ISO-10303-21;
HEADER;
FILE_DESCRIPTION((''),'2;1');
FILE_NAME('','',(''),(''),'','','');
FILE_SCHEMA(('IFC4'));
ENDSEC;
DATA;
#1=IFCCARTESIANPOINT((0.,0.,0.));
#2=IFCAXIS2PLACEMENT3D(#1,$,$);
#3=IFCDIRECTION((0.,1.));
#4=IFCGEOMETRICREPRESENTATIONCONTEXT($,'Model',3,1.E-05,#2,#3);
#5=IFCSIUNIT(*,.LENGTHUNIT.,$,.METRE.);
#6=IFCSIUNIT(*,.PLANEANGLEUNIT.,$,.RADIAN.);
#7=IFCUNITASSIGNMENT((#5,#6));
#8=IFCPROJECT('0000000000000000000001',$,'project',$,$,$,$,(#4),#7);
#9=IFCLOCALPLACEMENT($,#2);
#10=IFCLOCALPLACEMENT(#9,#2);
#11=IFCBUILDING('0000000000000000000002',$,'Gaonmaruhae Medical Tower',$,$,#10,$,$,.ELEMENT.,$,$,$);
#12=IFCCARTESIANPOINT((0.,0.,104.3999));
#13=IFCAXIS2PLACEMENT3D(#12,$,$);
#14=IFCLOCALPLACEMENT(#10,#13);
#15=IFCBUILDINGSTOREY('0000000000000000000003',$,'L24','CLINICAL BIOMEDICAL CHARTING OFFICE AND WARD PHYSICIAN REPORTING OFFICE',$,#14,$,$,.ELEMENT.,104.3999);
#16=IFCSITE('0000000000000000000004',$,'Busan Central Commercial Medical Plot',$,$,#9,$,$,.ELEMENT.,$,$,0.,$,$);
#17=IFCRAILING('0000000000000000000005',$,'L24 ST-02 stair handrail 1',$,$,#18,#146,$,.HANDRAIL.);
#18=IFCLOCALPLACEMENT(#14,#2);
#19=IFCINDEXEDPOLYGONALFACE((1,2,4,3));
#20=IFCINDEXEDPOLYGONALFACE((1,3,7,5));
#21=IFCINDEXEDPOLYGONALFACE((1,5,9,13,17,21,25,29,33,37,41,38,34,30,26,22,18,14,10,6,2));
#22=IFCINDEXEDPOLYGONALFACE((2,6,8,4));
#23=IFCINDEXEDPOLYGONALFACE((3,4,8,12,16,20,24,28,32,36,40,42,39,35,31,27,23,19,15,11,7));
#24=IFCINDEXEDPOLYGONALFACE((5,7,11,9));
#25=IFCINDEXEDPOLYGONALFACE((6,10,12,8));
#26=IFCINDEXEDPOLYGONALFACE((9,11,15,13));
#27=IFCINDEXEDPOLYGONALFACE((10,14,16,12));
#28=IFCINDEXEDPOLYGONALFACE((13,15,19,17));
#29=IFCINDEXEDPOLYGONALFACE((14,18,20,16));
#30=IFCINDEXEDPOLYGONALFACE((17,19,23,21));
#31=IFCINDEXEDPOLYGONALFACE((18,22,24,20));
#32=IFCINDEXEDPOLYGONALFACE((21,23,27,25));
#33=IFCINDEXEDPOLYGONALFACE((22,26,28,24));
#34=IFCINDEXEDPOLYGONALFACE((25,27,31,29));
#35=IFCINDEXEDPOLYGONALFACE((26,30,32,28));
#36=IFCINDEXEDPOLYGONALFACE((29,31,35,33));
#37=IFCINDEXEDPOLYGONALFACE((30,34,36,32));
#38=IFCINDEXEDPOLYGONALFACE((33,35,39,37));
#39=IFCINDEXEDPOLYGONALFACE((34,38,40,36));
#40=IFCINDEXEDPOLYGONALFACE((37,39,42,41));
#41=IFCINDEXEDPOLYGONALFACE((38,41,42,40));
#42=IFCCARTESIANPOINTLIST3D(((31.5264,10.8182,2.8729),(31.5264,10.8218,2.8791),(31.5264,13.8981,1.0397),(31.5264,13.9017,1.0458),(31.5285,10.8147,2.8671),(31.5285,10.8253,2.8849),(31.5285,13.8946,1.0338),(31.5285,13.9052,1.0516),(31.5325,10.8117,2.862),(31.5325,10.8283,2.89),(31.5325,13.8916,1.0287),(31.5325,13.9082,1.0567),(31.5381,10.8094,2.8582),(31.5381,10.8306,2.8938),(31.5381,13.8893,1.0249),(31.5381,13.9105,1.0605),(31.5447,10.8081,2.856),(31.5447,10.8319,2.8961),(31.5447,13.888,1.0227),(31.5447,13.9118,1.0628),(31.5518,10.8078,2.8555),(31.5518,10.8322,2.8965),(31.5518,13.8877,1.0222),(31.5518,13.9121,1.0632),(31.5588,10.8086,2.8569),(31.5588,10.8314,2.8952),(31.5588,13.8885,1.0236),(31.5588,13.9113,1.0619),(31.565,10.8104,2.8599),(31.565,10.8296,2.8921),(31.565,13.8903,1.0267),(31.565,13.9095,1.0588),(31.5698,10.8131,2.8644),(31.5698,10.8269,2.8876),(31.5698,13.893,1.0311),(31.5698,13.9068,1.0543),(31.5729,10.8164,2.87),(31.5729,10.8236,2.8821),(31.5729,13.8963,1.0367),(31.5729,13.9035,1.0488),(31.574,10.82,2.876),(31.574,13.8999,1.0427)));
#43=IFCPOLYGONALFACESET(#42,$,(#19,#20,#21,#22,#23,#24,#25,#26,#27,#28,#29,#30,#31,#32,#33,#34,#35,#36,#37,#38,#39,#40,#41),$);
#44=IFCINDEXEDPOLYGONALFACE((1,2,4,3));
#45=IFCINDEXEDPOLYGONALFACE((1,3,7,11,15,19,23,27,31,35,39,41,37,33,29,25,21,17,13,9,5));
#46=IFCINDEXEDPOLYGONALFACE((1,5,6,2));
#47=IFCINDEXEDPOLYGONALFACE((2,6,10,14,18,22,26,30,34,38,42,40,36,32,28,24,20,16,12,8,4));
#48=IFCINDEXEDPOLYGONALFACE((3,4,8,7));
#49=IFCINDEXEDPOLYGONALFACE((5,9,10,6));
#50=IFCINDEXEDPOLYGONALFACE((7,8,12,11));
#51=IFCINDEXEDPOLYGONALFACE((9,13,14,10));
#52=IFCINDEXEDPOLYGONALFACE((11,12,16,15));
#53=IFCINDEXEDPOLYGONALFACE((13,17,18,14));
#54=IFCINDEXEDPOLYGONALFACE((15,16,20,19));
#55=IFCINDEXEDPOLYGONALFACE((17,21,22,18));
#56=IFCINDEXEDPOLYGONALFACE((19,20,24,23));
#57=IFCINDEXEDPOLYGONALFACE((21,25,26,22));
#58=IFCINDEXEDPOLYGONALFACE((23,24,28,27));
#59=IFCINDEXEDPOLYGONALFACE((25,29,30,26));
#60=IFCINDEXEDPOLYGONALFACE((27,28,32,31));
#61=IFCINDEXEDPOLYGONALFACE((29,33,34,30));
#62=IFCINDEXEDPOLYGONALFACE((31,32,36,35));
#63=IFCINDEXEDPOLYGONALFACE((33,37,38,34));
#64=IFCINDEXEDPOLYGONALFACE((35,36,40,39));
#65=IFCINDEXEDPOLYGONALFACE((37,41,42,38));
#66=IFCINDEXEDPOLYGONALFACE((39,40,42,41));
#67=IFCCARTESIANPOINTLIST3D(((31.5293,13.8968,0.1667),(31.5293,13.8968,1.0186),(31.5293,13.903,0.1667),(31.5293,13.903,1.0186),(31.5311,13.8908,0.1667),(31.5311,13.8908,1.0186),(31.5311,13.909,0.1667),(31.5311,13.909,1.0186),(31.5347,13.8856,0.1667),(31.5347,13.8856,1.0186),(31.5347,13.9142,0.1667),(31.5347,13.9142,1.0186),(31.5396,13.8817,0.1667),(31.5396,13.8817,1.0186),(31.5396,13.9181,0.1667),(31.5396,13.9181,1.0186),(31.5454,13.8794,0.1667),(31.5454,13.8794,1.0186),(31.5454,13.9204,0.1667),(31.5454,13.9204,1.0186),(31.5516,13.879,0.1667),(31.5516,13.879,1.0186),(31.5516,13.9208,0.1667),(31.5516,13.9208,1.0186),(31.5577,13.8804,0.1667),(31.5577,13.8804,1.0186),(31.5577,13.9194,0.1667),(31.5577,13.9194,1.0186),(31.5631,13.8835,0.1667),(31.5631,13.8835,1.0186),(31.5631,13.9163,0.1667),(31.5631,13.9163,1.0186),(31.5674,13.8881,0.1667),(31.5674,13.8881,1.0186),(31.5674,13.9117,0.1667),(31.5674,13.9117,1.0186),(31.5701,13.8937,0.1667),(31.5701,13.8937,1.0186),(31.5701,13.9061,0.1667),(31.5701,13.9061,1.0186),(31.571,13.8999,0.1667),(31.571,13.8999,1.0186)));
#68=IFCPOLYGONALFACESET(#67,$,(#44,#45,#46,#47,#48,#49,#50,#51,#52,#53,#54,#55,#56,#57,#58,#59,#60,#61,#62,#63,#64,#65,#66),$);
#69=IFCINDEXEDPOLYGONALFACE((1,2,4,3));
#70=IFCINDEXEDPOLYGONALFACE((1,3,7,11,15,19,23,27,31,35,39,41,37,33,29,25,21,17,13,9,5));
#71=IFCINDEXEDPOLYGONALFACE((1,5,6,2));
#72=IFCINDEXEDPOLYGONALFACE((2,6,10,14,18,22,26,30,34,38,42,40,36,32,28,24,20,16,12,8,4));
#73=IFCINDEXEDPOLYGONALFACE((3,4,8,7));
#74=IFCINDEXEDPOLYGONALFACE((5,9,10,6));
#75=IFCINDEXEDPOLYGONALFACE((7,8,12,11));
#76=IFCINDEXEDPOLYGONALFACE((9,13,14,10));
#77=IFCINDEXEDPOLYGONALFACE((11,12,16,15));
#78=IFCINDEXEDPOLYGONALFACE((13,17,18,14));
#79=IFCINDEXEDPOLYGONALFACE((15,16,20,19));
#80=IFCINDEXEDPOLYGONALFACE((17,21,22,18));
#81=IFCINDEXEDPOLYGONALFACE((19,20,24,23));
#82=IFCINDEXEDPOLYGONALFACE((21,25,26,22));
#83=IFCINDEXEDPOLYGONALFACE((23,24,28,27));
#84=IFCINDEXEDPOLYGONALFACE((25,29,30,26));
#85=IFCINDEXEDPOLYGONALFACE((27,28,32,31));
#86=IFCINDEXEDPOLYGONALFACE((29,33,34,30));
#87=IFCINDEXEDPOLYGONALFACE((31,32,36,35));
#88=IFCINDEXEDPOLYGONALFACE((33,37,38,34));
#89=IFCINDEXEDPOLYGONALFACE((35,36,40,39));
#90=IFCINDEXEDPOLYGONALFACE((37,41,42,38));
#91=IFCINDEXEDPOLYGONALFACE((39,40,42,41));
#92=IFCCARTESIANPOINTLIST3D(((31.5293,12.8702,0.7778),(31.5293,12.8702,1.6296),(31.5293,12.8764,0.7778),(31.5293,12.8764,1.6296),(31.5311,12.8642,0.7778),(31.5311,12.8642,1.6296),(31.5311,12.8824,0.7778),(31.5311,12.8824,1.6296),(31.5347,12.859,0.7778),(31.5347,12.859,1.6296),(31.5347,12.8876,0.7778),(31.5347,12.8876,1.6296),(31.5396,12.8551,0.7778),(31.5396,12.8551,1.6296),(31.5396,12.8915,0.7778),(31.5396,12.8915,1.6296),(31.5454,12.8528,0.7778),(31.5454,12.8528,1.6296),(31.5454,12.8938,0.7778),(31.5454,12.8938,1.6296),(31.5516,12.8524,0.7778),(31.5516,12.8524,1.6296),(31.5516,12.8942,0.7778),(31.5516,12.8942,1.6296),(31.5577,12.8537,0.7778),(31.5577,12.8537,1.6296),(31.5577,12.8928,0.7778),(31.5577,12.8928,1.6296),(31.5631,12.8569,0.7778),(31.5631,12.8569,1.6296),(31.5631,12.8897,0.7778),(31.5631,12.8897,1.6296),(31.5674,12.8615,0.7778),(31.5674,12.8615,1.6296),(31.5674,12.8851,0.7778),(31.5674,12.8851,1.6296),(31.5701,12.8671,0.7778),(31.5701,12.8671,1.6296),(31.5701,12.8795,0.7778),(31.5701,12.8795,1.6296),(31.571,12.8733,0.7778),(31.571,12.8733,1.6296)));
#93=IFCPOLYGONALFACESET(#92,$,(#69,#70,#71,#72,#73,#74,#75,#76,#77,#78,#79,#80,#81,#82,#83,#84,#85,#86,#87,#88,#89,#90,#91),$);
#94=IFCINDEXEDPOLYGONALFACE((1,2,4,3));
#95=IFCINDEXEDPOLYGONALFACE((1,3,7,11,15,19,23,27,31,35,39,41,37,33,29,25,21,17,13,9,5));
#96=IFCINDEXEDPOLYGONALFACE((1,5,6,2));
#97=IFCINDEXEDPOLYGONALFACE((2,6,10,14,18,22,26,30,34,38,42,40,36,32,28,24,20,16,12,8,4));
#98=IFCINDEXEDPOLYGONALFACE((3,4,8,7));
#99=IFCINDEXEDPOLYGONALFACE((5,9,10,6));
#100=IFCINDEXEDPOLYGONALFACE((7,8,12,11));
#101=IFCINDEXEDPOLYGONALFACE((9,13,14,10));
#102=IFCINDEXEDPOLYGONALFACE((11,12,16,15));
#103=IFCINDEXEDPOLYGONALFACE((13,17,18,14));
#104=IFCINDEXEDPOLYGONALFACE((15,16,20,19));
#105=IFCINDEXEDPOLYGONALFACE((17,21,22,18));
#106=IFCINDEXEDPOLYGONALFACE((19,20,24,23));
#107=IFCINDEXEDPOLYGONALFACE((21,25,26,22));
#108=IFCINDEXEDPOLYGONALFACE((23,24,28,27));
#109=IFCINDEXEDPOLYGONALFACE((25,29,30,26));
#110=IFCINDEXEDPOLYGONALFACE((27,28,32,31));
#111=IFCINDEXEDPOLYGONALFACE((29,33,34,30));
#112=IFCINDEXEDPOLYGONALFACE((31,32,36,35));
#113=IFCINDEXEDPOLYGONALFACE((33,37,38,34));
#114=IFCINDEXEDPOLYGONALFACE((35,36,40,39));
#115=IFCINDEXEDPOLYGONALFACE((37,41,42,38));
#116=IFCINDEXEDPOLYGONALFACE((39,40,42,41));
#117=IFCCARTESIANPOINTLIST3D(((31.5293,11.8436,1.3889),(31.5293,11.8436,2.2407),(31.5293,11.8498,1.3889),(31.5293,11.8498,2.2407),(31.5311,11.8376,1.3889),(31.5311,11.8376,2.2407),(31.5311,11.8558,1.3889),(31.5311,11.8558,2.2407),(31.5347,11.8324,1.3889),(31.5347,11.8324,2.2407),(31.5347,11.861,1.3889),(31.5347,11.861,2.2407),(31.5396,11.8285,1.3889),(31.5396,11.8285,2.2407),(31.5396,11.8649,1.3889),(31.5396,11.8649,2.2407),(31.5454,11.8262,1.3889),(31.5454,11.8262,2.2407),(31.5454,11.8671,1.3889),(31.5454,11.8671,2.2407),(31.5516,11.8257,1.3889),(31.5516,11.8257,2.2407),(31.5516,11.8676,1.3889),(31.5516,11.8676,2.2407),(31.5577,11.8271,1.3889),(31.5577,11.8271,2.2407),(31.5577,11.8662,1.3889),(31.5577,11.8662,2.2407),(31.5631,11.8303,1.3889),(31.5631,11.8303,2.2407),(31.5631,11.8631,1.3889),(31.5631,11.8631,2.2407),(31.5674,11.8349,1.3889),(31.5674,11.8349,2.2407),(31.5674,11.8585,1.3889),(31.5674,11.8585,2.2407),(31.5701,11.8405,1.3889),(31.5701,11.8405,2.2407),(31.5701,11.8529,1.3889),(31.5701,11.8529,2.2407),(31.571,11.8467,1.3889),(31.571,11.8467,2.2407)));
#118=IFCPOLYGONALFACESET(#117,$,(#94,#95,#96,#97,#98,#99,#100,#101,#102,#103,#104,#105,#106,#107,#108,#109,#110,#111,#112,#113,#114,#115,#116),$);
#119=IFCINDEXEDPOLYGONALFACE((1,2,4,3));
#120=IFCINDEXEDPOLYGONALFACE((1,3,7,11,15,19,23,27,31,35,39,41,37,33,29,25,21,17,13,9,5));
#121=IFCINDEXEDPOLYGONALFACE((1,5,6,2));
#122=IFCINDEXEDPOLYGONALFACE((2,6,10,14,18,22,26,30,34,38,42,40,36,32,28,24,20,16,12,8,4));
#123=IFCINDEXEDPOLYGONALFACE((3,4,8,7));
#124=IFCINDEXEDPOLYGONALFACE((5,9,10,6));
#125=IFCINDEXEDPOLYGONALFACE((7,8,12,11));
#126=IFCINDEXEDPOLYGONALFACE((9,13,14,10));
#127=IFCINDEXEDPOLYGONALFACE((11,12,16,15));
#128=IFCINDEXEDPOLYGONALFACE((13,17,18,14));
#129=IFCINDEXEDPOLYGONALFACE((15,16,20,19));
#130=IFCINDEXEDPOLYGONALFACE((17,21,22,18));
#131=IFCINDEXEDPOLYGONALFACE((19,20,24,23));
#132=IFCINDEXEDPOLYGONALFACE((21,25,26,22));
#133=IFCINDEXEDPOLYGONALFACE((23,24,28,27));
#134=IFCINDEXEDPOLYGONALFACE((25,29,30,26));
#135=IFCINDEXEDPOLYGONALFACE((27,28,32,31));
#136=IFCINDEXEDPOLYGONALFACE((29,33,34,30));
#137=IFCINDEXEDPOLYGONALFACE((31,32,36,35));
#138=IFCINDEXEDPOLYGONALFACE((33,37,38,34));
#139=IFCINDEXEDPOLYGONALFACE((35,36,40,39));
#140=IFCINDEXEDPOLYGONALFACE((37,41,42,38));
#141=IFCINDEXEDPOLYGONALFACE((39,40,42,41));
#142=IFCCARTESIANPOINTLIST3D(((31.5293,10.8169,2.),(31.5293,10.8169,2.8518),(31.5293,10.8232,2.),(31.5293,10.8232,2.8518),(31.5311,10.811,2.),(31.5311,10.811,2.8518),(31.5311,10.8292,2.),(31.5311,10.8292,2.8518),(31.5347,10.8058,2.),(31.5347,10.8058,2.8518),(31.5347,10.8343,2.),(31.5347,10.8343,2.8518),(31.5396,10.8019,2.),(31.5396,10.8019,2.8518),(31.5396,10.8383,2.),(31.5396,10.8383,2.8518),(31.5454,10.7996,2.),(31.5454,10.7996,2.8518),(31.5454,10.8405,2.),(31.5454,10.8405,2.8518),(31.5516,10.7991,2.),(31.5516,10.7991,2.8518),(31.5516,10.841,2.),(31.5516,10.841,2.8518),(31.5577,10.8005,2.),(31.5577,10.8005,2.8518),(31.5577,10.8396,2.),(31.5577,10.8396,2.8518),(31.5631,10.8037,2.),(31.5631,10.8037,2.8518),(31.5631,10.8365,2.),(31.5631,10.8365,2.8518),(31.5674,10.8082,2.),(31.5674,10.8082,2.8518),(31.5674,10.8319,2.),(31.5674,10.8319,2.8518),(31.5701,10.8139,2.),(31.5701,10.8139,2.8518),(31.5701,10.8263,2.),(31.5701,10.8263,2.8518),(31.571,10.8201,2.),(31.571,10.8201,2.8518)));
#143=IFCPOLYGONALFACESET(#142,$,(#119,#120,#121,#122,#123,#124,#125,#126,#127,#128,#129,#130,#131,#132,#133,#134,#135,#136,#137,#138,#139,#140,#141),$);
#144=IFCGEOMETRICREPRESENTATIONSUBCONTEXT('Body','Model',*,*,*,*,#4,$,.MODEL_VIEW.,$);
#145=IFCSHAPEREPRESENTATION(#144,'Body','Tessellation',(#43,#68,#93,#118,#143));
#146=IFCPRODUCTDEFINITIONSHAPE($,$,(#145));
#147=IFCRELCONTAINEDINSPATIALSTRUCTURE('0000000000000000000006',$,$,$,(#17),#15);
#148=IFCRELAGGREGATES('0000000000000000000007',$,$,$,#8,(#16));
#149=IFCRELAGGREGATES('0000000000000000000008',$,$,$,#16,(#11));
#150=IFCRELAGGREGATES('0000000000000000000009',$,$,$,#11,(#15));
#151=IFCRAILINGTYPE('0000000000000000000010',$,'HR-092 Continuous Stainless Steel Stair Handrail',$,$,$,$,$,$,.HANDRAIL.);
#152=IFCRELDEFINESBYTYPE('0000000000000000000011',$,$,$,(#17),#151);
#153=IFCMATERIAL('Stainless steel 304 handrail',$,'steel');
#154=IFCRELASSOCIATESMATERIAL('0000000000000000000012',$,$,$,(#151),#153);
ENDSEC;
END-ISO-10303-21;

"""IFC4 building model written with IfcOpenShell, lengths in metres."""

from ifc_helpers import new_model, si_unit, direction, frame, origin, origin_2d, place, context, subcontext, project, spatial, circle, extrude, material, type_object, element, save


model = new_model("IFC4")

# Units and contexts
model_context = context("Model", 3, precision=1e-05, world=origin(), true_north=direction((0.0, 1.0)))
body_context = subcontext(model_context, "Body", "Model", "MODEL_VIEW")
ifc_project = project(units=[si_unit("LENGTHUNIT", "METRE"), si_unit("PLANEANGLEUNIT", "RADIAN")], contexts=[model_context])

# Site, building, storey
site_placement = place(None, origin())
site = spatial("IfcSite", under=ifc_project, at=site_placement, Name="Busan Central Commercial Medical Plot", CompositionType="ELEMENT", RefElevation=0.0)
building_placement = place(site_placement, origin())
building = spatial("IfcBuilding", under=site, at=building_placement, Name="Gaonmaruhae Medical Tower", CompositionType="ELEMENT")
storey_placement = place(building_placement, frame((0.0, 0.0, 104.3999)))
storey = spatial("IfcBuildingStorey", under=building, at=storey_placement, Name="L24", Description="CLINICAL BIOMEDICAL CHARTING OFFICE AND WARD PHYSICIAN REPORTING OFFICE", CompositionType="ELEMENT", Elevation=104.3999)

# Railing
ifc_material_1 = material(Name="Stainless steel 304 handrail", Category="steel")
railing_type_1 = type_object("IfcRailingType", Name="HR-092 Continuous Stainless Steel Stair Handrail", PredefinedType="HANDRAIL", material=ifc_material_1)
railing_1_placement = place(storey_placement, frame((31.55, 13.8999, 0.1667)))
element("IfcRailing", 1, at=railing_1_placement, inside=storey, type_object=railing_type_1, Name="L24 ST-02 stair handrail 1", PredefinedType="HANDRAIL", context=body_context, shape_type="SweptSolid", body=[
    extrude(circle(Radius=0.0239, at=origin_2d()), frame((0.0, 0.0, 0.876), z_axis=(0.0, -0.859291, 0.511487), x_axis=(1.0, 0.0, 0.0)), (0.0, 0.0, 1.0), 3.5842),
    extrude(circle(Radius=0.021, at=origin_2d()), origin(), (0.0, 0.0, 1.0), 0.8518),
    extrude(circle(Radius=0.021, at=origin_2d()), frame((0.0, -1.0266, 0.6111)), (0.0, 0.0, 1.0), 0.8518),
    extrude(circle(Radius=0.021, at=origin_2d()), frame((0.0, -2.0532, 1.2222)), (0.0, 0.0, 1.0), 0.8518),
    extrude(circle(Radius=0.021, at=origin_2d()), frame((0.0, -3.0798, 1.8333)), (0.0, 0.0, 1.0), 0.8518),
])

save(model, "model.ifc")
